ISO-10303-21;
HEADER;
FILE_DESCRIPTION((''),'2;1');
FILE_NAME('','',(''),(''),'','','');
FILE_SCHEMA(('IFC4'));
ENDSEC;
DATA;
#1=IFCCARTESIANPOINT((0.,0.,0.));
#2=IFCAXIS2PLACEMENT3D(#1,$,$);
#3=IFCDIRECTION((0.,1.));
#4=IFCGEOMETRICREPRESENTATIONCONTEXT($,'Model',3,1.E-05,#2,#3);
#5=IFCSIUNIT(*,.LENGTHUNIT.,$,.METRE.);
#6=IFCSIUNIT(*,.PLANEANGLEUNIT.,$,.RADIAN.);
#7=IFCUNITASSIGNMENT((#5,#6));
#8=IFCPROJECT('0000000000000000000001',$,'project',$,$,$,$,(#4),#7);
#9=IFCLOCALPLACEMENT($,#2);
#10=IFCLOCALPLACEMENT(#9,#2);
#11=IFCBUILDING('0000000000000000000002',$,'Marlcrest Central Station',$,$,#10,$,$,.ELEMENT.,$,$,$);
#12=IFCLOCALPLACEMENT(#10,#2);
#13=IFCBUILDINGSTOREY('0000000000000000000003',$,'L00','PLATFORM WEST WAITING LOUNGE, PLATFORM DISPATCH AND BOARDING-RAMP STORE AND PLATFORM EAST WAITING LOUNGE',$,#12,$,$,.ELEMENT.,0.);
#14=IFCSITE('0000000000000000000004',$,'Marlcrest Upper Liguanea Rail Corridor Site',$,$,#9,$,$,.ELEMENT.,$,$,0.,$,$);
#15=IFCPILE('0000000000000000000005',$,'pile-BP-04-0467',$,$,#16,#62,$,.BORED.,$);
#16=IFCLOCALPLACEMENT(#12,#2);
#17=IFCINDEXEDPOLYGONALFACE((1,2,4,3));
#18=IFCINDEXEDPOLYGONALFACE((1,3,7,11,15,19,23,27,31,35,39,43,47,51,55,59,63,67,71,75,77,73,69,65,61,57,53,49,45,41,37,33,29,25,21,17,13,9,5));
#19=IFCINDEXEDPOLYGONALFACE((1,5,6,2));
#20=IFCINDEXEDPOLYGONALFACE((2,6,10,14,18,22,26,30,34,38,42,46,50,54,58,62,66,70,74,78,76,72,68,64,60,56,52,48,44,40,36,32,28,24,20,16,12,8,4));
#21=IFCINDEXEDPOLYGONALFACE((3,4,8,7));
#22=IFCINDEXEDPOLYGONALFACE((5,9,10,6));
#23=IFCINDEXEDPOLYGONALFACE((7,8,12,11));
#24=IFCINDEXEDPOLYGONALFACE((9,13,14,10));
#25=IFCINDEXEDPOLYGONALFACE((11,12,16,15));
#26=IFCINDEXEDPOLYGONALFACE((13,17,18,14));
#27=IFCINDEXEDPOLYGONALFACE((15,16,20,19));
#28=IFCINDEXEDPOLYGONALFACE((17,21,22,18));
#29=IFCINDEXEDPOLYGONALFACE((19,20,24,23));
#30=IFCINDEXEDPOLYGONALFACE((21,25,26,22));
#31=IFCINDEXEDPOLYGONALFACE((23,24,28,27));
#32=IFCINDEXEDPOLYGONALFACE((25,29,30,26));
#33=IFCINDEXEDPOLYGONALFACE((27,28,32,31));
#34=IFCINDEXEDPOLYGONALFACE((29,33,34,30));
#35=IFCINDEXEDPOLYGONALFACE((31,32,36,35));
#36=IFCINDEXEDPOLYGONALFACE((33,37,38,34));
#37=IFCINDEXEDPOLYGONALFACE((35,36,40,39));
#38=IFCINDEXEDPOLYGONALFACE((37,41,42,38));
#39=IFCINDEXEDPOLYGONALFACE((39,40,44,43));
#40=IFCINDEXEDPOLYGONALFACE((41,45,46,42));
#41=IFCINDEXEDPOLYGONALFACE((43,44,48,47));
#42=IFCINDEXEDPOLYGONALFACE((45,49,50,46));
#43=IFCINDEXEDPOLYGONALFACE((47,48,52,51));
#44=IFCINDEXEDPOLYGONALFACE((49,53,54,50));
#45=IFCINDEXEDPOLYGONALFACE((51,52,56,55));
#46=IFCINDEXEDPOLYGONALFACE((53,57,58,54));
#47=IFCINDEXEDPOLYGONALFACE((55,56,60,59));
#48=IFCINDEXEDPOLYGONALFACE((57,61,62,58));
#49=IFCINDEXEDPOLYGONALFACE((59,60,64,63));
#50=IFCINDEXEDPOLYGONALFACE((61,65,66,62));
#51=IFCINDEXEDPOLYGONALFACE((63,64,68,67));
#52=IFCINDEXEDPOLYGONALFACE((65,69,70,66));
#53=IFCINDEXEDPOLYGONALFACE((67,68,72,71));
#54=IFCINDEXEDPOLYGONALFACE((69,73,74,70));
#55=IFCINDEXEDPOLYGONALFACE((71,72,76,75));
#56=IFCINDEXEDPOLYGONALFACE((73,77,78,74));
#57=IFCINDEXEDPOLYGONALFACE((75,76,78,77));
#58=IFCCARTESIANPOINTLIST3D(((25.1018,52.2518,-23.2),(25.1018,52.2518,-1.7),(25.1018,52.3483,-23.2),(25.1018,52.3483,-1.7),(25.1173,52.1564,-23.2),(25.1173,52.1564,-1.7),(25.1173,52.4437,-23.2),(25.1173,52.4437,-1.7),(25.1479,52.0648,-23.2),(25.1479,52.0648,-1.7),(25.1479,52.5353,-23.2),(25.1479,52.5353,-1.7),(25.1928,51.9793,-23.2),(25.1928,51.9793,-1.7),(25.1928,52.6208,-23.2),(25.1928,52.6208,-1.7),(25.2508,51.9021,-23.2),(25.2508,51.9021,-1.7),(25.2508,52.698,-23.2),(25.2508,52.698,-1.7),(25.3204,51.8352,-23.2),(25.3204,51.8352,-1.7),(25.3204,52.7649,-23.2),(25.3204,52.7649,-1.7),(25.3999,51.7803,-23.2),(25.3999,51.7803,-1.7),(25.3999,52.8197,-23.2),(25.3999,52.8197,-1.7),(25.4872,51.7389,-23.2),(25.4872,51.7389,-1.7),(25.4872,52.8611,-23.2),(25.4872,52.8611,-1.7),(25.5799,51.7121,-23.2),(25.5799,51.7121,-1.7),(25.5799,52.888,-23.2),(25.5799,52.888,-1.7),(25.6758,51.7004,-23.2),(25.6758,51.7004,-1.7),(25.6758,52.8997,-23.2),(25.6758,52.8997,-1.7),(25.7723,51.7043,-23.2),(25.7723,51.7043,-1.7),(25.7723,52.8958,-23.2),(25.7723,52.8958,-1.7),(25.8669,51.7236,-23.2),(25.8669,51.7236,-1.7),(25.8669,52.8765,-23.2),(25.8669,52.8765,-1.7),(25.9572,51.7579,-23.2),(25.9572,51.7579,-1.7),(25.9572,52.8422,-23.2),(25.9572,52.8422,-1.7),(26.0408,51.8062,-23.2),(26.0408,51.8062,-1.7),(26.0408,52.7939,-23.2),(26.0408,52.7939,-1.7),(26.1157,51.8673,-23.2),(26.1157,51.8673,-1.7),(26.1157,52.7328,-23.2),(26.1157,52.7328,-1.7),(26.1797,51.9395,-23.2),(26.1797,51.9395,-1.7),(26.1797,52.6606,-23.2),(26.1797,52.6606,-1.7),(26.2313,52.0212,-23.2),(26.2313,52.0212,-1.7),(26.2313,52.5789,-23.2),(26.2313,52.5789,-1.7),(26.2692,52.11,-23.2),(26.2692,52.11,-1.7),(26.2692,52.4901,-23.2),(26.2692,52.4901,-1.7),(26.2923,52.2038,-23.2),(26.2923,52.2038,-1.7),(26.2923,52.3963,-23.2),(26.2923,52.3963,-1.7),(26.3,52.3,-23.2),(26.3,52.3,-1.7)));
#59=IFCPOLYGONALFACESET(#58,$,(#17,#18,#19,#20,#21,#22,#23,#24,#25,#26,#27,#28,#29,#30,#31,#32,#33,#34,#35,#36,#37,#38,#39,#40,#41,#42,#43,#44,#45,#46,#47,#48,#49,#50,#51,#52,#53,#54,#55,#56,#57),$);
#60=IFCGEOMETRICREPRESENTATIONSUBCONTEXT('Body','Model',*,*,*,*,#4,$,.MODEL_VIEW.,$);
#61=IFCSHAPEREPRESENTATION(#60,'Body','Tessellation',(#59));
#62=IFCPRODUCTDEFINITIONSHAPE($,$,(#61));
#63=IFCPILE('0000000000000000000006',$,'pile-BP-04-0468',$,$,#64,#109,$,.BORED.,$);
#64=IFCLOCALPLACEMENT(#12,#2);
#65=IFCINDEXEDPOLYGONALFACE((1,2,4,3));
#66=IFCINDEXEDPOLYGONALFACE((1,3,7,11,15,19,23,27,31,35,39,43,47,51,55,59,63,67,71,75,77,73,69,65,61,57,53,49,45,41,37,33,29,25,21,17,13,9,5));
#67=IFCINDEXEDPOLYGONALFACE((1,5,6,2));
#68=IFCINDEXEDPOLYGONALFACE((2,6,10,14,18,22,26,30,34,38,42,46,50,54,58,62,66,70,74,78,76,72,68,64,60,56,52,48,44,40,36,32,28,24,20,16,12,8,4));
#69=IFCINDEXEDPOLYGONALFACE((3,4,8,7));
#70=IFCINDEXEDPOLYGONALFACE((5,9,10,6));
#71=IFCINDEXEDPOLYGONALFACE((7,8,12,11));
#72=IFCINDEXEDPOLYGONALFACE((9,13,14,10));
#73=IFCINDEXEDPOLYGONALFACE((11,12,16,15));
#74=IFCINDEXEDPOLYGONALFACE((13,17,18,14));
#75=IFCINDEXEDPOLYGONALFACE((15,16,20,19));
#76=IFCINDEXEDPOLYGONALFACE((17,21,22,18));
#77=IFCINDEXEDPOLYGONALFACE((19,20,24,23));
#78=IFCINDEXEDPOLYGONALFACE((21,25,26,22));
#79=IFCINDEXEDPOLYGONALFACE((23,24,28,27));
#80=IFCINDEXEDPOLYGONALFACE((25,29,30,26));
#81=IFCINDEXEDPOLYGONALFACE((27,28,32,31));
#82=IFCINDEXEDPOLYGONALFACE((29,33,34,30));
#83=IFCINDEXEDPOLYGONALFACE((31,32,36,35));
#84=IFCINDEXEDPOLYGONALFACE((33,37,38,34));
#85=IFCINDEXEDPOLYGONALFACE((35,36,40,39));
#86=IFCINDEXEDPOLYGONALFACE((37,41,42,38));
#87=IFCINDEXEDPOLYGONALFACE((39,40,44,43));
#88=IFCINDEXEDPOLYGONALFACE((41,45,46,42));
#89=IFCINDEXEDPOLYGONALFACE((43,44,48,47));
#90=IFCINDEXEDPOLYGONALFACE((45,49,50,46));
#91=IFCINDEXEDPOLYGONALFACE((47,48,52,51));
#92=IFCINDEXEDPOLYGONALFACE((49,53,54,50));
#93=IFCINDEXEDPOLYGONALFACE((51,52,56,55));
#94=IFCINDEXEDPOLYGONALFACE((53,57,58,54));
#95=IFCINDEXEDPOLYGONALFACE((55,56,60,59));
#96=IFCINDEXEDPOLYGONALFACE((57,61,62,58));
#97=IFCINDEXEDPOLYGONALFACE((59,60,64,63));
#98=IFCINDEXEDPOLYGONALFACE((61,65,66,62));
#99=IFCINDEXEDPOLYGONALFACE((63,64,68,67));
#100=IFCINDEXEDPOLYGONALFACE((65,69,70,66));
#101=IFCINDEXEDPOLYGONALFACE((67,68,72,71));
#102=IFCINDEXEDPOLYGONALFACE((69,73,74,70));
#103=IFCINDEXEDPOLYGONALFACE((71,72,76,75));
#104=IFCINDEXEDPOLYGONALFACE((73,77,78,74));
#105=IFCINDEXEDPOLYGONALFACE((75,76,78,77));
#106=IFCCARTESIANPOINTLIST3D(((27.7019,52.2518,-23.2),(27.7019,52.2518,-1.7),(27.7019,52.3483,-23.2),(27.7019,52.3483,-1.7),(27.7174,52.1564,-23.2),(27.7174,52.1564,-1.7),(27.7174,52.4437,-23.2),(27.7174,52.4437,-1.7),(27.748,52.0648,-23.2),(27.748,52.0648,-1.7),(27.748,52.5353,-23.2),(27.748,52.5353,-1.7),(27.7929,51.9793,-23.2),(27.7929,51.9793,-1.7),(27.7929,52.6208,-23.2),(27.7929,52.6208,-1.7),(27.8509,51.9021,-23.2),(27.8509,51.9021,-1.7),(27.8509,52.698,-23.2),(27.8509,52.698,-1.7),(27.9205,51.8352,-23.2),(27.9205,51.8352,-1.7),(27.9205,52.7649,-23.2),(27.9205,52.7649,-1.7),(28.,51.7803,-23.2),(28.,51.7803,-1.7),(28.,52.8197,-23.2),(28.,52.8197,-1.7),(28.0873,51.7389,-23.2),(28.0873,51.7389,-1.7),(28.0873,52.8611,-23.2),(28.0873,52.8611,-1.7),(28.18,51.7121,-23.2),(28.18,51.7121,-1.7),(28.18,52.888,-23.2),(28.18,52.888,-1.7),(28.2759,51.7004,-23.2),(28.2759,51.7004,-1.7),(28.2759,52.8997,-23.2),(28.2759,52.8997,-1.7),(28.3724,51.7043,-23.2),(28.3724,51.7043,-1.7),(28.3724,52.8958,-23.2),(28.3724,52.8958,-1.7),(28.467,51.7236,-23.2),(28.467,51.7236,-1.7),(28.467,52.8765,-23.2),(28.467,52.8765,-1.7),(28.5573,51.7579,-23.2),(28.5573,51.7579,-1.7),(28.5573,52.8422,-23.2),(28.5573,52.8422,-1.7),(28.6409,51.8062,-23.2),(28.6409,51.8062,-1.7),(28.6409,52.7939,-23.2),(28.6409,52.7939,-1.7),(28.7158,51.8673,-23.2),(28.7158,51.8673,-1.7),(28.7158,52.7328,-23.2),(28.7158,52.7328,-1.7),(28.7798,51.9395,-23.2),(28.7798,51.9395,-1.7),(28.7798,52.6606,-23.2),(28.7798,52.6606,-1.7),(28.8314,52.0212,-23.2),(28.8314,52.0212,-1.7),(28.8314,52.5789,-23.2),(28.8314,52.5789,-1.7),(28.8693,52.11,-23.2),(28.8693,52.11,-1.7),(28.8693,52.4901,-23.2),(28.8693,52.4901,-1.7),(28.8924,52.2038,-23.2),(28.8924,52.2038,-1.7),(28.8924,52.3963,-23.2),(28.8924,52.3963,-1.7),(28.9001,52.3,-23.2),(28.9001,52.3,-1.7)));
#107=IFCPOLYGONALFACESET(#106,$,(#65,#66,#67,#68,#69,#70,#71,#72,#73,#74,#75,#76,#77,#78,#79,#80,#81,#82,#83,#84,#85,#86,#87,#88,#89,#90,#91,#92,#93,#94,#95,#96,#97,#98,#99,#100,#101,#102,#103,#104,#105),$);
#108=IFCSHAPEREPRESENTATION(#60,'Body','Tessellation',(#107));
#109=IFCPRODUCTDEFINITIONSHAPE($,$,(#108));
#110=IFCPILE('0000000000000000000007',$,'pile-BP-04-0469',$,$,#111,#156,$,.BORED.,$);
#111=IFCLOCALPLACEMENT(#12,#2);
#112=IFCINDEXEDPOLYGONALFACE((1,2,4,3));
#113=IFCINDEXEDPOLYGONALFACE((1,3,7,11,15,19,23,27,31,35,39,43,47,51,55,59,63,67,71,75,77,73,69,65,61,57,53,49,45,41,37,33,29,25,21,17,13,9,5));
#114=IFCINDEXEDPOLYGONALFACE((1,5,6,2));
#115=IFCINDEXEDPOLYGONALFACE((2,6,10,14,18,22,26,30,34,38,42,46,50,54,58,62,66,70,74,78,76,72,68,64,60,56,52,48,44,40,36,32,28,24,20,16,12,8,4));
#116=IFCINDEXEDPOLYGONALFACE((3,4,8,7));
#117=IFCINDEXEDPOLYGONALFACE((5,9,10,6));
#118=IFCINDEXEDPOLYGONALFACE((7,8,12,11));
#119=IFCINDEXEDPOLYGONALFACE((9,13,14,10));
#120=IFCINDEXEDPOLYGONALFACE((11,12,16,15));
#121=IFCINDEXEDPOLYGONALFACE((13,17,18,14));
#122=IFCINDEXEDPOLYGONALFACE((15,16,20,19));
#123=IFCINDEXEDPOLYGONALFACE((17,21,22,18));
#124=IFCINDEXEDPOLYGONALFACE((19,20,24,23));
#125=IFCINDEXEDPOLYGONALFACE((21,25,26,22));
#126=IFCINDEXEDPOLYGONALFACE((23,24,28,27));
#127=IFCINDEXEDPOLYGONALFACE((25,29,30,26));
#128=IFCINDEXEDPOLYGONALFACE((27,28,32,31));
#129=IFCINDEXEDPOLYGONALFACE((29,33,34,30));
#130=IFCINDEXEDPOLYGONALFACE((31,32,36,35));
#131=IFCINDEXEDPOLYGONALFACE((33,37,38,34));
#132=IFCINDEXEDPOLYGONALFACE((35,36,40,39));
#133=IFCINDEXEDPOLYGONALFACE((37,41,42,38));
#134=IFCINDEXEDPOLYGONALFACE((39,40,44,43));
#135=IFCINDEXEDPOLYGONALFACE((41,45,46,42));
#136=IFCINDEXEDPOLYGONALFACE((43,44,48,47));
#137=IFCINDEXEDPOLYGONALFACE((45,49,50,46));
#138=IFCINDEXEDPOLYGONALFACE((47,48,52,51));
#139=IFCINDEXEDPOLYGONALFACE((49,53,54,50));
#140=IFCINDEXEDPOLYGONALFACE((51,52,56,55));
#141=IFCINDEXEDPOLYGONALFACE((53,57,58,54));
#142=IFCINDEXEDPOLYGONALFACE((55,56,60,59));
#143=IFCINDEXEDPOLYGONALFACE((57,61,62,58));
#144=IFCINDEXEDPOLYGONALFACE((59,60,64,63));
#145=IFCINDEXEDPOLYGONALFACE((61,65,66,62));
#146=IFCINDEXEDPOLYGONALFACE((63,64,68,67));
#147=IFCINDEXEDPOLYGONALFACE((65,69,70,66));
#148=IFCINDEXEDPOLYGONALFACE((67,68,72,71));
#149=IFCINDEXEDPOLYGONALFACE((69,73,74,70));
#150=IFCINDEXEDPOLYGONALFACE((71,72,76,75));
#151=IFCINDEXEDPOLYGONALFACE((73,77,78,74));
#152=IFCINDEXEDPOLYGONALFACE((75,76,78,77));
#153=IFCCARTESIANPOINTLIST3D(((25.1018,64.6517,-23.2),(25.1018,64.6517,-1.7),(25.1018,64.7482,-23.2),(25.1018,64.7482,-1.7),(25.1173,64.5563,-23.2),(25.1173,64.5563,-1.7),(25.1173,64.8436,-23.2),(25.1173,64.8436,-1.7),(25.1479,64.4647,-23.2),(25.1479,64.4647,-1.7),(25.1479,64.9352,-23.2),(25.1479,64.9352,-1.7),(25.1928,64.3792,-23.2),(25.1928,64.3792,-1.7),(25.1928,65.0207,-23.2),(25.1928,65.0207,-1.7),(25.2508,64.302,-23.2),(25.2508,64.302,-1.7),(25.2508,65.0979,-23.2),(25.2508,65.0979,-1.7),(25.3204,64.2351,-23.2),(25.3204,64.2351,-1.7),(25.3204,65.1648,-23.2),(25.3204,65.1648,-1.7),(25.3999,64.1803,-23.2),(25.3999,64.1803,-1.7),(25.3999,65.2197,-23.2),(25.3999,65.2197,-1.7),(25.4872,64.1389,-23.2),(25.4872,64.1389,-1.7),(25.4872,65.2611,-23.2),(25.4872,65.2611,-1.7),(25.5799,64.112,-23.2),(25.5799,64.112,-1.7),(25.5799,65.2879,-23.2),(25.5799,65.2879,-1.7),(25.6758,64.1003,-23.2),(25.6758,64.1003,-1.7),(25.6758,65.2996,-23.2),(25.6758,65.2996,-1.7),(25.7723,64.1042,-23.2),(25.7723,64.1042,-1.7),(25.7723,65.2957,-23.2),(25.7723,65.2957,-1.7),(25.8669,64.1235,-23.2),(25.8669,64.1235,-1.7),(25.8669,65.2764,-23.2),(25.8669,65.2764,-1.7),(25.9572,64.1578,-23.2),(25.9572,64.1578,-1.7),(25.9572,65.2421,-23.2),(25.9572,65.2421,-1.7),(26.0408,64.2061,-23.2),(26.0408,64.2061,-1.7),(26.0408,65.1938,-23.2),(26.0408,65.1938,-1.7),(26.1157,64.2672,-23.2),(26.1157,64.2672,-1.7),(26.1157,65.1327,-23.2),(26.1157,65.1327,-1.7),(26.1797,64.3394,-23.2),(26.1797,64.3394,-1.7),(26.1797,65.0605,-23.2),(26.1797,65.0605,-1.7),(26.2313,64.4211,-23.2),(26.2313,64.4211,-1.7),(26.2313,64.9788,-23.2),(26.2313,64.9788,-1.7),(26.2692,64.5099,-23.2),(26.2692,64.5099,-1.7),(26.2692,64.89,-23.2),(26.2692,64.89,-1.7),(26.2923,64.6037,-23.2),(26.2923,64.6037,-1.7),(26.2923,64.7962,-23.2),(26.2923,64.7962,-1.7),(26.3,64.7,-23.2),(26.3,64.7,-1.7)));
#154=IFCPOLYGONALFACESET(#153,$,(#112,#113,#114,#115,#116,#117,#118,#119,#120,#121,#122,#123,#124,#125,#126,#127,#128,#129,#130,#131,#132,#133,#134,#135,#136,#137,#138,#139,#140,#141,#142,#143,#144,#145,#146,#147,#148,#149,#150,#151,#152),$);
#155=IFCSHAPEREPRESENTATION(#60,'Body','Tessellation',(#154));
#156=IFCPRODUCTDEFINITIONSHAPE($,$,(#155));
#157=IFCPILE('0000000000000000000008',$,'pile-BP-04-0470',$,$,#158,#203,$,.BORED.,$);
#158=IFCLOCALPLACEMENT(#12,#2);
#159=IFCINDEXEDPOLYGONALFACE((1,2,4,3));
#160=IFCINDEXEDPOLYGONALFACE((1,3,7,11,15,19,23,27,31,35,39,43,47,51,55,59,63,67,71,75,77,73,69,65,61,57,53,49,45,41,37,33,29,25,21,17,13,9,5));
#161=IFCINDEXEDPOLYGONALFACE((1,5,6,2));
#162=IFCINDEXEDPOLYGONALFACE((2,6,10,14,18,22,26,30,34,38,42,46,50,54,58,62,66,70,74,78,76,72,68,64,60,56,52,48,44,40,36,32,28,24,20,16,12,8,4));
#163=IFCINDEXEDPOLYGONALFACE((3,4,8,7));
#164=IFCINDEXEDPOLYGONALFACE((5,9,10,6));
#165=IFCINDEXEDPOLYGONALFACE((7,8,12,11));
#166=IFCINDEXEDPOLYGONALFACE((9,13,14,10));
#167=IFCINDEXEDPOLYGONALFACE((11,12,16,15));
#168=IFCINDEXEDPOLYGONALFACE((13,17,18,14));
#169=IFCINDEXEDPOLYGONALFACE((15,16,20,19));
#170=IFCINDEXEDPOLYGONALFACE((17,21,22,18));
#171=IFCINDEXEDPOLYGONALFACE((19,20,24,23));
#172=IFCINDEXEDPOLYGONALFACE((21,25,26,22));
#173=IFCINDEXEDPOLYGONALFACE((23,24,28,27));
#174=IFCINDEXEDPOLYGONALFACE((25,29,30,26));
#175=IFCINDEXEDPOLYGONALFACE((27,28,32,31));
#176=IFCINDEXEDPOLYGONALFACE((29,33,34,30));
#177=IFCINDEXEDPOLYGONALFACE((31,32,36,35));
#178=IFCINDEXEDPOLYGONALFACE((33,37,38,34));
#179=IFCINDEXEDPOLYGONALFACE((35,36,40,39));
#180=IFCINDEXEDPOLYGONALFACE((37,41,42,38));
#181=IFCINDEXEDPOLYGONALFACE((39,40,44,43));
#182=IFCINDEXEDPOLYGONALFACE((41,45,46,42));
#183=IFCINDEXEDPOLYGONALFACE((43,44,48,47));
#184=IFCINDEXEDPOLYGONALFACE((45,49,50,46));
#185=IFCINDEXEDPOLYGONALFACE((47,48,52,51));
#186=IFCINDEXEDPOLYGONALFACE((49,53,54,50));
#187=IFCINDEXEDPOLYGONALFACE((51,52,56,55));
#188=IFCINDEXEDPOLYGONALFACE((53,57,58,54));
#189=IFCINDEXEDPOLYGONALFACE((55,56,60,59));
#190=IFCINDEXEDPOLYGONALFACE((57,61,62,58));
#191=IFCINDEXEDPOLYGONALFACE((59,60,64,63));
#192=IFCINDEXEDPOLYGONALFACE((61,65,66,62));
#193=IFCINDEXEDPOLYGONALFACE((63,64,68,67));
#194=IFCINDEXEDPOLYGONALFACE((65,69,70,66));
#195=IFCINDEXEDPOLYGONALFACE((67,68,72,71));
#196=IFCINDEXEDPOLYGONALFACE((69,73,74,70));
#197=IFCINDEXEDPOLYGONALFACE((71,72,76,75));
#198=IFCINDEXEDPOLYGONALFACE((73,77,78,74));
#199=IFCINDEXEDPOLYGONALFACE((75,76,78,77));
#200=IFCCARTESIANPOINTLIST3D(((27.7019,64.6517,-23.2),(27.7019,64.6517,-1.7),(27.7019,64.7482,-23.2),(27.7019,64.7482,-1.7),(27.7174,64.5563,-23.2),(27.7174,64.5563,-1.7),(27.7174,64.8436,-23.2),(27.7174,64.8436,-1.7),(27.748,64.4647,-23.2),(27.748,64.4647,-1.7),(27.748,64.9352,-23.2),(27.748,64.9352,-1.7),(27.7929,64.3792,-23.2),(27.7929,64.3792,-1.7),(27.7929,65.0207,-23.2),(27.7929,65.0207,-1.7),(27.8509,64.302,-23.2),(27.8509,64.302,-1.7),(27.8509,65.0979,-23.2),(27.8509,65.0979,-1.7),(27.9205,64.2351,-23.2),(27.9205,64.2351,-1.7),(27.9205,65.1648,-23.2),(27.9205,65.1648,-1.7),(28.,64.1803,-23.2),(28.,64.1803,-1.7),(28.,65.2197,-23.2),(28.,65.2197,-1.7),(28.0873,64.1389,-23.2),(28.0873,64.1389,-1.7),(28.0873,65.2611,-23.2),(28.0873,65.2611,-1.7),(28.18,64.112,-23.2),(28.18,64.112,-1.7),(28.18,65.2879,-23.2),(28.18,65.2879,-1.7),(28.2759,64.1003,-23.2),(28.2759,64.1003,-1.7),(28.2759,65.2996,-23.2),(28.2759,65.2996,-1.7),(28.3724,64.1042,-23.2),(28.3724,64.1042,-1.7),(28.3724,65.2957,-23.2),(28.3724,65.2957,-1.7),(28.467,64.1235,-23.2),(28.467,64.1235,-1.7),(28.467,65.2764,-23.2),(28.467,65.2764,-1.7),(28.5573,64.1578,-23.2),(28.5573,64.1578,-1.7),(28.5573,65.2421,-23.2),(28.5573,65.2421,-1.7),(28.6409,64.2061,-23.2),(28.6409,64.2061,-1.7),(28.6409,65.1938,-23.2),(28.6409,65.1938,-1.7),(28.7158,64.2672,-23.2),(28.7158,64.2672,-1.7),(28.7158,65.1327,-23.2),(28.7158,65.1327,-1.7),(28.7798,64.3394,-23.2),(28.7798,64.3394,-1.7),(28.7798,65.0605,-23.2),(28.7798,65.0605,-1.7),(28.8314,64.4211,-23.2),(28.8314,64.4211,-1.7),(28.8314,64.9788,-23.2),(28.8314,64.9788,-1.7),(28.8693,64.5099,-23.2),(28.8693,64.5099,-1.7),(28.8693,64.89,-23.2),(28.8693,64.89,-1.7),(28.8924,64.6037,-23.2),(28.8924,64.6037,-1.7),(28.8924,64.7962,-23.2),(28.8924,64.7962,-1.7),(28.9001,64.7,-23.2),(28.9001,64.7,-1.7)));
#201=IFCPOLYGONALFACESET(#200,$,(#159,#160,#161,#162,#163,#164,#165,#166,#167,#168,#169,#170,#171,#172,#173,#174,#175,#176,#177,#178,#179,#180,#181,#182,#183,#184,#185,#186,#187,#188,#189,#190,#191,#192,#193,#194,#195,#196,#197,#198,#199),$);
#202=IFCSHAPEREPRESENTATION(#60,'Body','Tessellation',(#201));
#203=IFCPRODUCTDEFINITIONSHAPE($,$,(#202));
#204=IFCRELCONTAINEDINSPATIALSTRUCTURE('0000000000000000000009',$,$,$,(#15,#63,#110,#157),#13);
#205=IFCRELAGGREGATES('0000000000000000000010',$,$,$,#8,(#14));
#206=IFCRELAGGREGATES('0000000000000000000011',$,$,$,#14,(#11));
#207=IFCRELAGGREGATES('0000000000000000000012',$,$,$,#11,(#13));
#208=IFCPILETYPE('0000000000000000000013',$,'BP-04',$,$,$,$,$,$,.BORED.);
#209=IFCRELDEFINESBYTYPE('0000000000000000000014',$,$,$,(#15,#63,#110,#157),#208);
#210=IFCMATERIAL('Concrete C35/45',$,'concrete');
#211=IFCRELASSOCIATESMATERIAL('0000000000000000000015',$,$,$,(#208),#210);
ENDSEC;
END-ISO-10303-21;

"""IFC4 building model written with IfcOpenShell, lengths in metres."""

from ifc_helpers import new_model, si_unit, direction, frame, origin, origin_2d, place, context, subcontext, project, spatial, circle, extrude, material, material_profile, profile_set, type_object, element, save


model = new_model("IFC4")

# Units and contexts
model_context = context("Model", 3, precision=1e-05, world=origin(), true_north=direction((0.0, 1.0)))
body_context = subcontext(model_context, "Body", "Model", "MODEL_VIEW")
ifc_project = project(units=[si_unit("LENGTHUNIT", "METRE"), si_unit("PLANEANGLEUNIT", "RADIAN")], contexts=[model_context])

# Site, building, storey
site_placement = place(None, origin())
site = spatial("IfcSite", under=ifc_project, at=site_placement, Name="Marlcrest Upper Liguanea Rail Corridor Site", CompositionType="ELEMENT", RefElevation=0.0)
building_placement = place(site_placement, origin())
building = spatial("IfcBuilding", under=site, at=building_placement, Name="Marlcrest Central Station", CompositionType="ELEMENT")
storey_placement = place(building_placement, origin())
storey = spatial("IfcBuildingStorey", under=building, at=storey_placement, Name="L00", Description="PLATFORM WEST WAITING LOUNGE, PLATFORM DISPATCH AND BOARDING-RAMP STORE AND PLATFORM EAST WAITING LOUNGE", CompositionType="ELEMENT", Elevation=0.0)

# Piles
ifc_material_1 = material(Name="Concrete C35/45", Category="concrete")
ifc_material_profile_1 = material_profile(ifc_material_1, circle(Radius=0.6001, at=origin_2d()), Name="PILE D1200")
ifc_profile_set_1 = profile_set([ifc_material_profile_1], Name="Concrete C35/45")
pile_type = type_object("IfcPileType", Name="BP-04", PredefinedType="BORED", material=ifc_profile_set_1)
for number, where, z_axis, x_axis, name in (
    (1, (25.7, 52.3, -1.7), (0.0, 0.0, -1.0), (1.0, 0.0, 0.0), "pile-BP-04-0467"),
    (2, (28.3, 52.3, -1.7), (0.0, 0.0, -1.0), (1.0, 0.0, 0.0), "pile-BP-04-0468"),
    (3, (25.7, 64.7, -1.7), (0.0, 0.0, -1.0), (1.0, 0.0, 0.0), "pile-BP-04-0469"),
    (4, (28.3, 64.7, -1.7), (0.0, 0.0, -1.0), (1.0, 0.0, 0.0), "pile-BP-04-0470"),
):
    element("IfcPile", number, at=place(storey_placement, frame(where, z_axis=z_axis, x_axis=x_axis)), inside=storey, type_object=pile_type, Name=name, PredefinedType="BORED", context=body_context, shape_type="SweptSolid", body=[
        extrude(circle(Radius=0.6001, at=origin_2d()), origin(), (0.0, 0.0, 1.0), 21.5),
    ])

save(model, "model.ifc")
